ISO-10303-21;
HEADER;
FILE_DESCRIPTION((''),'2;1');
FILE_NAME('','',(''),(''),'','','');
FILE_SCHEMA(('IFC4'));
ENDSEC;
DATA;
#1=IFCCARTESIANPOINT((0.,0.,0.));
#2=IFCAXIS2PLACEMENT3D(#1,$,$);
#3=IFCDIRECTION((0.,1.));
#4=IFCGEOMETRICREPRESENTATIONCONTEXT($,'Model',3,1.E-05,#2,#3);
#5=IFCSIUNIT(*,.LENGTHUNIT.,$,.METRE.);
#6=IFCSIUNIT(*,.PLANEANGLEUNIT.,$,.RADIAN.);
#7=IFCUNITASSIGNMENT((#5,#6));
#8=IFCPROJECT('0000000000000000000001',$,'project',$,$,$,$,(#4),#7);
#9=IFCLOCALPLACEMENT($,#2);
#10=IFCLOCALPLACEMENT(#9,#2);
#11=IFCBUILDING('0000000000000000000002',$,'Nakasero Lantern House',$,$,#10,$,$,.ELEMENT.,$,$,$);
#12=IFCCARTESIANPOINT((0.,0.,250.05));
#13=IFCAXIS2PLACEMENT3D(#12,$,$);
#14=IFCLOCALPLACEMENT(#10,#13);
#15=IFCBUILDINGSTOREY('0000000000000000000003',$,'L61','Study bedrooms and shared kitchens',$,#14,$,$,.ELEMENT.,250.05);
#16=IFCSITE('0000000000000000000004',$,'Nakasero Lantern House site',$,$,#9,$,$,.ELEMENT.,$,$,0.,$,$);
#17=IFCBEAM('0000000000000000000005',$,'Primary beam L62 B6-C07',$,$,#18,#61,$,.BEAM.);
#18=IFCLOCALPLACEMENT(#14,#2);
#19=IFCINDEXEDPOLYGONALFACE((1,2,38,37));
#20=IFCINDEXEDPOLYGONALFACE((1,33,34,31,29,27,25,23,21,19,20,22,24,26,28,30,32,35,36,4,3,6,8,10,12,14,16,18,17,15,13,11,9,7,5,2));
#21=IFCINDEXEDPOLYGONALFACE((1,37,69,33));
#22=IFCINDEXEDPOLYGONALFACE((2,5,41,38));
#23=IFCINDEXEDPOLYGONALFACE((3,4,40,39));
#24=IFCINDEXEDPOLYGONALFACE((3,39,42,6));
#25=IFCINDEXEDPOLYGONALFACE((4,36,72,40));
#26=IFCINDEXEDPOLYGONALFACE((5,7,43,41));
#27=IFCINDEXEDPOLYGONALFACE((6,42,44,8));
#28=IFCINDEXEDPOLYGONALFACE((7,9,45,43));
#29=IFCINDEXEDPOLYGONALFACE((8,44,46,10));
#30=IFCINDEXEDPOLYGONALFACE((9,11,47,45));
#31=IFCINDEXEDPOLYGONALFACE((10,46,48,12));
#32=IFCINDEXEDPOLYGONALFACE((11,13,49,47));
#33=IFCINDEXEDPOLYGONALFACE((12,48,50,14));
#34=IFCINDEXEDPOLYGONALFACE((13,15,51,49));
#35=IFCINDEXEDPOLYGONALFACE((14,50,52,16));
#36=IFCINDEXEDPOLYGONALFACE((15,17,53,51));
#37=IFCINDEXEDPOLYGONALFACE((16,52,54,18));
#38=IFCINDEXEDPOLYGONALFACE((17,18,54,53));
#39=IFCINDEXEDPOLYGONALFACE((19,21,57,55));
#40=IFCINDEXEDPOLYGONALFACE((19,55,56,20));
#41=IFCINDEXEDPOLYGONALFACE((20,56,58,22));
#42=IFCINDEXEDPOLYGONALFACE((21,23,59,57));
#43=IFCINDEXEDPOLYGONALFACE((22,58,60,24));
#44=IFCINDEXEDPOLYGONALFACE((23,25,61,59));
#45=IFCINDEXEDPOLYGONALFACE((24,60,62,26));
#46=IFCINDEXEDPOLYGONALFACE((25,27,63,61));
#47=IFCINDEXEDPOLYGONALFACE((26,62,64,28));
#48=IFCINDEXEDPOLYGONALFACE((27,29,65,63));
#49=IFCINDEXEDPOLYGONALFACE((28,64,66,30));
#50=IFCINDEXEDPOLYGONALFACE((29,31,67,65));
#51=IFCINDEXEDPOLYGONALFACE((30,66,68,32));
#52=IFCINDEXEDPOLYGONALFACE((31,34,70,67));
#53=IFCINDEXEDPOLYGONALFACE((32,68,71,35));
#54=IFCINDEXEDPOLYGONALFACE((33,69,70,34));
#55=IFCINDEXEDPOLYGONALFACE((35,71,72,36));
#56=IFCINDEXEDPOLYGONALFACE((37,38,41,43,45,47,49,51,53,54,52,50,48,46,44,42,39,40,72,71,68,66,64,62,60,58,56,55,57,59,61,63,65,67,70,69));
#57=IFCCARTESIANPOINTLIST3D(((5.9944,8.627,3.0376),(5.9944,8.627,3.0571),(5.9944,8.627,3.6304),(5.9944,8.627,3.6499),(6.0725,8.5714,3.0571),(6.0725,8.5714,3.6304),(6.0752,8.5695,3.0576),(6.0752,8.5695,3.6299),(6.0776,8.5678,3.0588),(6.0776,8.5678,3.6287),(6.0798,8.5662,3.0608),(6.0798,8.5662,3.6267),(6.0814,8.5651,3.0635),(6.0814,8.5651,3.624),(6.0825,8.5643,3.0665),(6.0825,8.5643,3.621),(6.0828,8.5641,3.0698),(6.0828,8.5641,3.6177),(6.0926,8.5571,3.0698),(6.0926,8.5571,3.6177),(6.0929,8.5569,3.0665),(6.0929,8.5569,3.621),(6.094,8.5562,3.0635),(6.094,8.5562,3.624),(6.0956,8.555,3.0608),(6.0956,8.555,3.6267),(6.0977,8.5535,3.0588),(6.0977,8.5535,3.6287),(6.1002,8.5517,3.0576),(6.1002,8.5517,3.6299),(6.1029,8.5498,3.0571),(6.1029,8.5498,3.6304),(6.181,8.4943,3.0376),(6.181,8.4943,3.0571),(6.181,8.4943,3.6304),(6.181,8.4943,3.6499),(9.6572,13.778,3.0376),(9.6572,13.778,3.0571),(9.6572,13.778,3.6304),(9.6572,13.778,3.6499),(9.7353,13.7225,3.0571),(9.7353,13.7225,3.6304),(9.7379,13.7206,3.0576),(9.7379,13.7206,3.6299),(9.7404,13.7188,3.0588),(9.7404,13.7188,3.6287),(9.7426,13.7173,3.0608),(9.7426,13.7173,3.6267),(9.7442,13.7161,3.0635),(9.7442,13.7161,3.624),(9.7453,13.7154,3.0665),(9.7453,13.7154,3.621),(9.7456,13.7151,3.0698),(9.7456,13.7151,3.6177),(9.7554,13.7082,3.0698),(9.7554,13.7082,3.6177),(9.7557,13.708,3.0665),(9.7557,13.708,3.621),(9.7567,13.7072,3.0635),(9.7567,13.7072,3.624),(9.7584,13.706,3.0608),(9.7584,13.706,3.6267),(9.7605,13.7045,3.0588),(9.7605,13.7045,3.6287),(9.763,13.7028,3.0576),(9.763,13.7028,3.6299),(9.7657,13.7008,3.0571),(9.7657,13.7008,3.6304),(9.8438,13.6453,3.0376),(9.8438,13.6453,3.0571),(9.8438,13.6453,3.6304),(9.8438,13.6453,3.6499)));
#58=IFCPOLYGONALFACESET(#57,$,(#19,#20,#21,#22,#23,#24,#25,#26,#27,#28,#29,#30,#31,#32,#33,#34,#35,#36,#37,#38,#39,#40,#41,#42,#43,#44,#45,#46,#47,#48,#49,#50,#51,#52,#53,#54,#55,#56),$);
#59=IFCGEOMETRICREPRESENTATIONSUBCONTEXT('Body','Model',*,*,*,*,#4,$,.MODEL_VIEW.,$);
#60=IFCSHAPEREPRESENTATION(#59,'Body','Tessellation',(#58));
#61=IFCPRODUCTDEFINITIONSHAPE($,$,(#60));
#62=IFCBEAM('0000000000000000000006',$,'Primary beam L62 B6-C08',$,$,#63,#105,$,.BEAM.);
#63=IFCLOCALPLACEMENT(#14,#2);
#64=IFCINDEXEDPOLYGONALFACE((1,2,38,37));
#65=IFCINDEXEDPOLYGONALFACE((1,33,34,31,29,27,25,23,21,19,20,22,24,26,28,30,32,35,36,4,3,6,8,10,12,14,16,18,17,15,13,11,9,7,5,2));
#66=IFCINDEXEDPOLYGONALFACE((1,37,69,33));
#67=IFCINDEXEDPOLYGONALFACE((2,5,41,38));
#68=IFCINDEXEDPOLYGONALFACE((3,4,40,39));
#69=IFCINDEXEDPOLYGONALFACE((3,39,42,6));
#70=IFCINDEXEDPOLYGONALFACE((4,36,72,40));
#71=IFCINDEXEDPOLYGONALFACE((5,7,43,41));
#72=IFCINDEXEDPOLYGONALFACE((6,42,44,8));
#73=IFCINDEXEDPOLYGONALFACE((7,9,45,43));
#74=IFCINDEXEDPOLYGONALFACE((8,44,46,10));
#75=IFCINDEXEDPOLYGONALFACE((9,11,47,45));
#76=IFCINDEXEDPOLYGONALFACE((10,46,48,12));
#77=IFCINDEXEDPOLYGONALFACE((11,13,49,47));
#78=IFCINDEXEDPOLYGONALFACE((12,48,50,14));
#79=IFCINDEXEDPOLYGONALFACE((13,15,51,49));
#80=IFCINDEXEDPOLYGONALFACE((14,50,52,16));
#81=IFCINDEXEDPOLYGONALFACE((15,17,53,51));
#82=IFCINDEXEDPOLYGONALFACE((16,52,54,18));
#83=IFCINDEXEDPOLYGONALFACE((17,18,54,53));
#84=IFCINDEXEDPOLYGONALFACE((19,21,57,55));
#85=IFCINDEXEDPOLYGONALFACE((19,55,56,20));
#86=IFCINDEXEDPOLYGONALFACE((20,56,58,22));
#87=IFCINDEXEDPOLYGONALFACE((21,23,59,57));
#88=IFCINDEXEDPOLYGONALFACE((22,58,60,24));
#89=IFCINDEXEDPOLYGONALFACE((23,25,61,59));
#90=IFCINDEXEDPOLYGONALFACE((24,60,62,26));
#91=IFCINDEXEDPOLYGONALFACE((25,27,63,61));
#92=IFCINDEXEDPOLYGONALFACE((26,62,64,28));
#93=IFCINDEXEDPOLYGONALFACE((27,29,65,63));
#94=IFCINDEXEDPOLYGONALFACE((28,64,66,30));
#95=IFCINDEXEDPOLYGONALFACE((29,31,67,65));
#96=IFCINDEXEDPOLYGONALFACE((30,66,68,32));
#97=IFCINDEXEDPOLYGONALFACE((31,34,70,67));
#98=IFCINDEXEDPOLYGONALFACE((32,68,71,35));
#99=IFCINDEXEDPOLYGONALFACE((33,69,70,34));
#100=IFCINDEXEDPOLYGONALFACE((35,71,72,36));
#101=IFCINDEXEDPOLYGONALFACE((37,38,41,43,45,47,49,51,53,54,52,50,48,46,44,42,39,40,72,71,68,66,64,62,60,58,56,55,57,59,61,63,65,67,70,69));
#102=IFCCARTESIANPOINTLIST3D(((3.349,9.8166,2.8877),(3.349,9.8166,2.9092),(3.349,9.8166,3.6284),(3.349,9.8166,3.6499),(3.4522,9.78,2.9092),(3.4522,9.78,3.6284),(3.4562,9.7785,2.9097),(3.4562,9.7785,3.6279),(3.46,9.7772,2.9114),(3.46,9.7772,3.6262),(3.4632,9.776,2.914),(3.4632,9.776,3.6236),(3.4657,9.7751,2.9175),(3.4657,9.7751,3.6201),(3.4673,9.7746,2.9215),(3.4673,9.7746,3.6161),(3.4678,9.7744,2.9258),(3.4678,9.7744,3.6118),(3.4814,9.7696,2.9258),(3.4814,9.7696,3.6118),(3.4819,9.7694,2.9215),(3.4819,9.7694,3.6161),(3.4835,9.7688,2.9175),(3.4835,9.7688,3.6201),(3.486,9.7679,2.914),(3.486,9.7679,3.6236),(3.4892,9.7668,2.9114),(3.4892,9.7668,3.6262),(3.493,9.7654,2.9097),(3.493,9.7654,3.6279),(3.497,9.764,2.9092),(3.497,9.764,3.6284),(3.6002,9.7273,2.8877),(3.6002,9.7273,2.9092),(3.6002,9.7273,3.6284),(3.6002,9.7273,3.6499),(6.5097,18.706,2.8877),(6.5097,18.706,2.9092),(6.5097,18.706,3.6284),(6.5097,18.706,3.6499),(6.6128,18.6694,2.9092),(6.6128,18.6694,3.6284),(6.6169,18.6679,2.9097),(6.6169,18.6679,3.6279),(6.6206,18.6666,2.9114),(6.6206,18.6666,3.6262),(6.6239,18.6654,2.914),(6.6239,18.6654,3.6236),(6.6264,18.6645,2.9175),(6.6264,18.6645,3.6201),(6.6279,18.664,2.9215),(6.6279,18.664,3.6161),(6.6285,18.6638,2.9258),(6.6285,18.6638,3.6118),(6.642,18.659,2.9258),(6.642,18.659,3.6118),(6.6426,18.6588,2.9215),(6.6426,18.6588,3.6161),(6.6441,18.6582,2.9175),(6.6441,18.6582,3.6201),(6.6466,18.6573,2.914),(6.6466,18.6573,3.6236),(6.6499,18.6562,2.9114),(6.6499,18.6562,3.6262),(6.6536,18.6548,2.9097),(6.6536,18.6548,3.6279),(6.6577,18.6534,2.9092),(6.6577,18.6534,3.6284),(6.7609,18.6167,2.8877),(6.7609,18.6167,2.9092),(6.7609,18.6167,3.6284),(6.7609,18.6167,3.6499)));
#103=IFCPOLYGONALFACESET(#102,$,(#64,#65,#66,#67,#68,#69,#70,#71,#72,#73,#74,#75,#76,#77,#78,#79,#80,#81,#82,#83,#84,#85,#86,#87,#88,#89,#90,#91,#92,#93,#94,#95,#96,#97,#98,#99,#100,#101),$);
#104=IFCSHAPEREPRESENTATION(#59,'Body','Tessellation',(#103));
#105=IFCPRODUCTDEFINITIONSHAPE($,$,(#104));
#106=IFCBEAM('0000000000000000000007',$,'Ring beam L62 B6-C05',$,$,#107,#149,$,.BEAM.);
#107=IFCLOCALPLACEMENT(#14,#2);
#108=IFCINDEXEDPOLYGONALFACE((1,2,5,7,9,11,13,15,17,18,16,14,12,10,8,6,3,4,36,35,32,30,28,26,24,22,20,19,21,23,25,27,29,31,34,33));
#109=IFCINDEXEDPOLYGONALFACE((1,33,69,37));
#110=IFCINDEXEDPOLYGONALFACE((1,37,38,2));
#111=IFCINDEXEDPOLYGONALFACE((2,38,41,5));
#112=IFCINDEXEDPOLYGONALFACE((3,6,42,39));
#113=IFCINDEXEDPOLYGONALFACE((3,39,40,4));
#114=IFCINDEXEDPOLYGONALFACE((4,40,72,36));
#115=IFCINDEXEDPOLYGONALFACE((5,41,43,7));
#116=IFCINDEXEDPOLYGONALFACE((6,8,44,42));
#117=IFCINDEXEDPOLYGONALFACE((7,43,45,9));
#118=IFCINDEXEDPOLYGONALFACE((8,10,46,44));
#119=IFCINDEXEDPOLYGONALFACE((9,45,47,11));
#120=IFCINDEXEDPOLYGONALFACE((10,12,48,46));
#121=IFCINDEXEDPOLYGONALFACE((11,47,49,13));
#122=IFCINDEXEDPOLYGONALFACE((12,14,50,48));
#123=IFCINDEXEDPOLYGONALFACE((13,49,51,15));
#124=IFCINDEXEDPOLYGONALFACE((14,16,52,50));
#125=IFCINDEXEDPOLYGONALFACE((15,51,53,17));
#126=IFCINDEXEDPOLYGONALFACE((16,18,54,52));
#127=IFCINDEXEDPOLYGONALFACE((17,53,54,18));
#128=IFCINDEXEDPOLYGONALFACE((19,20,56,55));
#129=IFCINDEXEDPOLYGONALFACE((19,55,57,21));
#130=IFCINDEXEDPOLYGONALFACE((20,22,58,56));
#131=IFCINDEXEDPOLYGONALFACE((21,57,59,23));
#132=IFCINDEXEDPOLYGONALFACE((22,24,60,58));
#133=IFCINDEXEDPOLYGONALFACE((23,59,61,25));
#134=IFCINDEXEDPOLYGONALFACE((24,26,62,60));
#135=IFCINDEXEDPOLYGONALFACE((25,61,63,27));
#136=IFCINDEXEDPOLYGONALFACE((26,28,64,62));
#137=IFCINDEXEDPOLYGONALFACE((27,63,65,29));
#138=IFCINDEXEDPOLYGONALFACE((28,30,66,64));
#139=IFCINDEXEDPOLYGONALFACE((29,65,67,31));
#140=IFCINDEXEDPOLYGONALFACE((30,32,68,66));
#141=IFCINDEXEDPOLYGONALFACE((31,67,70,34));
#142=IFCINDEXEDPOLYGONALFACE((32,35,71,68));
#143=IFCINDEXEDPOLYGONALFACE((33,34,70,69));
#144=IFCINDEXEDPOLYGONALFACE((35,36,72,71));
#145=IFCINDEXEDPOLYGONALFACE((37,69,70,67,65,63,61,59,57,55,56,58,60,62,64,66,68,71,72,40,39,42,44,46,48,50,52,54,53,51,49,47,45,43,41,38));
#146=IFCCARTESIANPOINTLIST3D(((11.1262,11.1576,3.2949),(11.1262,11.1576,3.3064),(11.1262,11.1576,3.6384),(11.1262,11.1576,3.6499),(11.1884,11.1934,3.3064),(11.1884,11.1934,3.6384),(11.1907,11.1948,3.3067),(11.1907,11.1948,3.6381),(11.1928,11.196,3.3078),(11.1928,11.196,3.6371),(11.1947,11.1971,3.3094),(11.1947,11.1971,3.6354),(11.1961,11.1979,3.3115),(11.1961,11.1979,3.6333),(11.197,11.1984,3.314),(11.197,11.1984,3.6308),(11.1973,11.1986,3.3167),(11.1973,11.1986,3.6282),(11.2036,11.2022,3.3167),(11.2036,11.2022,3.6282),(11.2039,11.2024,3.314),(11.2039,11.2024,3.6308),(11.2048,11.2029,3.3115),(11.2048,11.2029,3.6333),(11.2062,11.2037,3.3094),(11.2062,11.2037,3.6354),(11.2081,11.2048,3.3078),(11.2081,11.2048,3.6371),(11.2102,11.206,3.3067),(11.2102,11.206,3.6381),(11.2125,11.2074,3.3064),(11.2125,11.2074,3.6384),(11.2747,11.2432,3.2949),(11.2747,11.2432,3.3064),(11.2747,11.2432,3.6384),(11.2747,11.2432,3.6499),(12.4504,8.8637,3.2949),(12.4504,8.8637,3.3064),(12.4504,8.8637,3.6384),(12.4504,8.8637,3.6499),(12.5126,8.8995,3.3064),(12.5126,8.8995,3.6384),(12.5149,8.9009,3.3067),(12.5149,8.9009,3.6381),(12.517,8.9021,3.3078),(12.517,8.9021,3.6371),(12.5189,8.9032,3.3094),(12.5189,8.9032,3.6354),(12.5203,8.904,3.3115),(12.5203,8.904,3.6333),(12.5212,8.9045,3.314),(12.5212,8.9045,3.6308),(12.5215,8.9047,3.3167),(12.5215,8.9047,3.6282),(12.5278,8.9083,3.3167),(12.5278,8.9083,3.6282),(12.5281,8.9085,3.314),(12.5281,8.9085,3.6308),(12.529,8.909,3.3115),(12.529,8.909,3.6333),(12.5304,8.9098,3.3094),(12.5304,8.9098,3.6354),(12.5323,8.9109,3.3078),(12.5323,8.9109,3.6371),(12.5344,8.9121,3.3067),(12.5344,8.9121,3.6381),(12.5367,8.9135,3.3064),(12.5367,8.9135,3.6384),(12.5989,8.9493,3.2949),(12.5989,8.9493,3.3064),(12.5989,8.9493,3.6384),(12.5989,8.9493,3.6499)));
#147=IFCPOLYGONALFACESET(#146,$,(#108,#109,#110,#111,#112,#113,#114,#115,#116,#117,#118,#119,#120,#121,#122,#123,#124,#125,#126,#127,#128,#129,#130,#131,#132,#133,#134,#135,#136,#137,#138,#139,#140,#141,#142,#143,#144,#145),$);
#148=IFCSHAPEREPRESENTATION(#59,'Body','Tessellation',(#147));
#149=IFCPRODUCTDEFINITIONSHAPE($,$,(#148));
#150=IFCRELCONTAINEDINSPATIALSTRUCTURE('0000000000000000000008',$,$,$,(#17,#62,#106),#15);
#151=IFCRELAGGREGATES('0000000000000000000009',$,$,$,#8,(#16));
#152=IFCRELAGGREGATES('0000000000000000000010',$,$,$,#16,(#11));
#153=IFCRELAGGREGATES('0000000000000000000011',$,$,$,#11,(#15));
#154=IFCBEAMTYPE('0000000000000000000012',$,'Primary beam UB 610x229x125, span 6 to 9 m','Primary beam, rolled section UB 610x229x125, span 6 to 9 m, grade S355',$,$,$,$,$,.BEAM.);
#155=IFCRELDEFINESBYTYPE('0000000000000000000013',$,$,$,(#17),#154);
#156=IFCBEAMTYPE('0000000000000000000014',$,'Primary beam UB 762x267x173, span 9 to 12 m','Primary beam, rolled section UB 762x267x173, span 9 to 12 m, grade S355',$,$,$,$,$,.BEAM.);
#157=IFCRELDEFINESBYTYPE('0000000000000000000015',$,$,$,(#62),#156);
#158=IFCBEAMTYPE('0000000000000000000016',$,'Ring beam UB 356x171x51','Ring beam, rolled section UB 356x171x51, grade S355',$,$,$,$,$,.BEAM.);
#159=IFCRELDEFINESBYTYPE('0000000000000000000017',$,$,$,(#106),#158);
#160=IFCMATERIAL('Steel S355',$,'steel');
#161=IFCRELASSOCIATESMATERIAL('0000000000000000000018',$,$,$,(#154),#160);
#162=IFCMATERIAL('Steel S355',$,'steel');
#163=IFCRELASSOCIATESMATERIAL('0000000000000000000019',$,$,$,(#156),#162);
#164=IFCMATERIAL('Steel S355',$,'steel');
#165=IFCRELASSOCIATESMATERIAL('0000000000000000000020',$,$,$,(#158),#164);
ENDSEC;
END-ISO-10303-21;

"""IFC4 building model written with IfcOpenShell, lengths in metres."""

from ifc_helpers import new_model, si_unit, direction, frame, origin, origin_2d, place, context, subcontext, project, spatial, i_section, extrude, material, material_profile, profile_set, type_object, element, save


model = new_model("IFC4")

# Units and contexts
model_context = context("Model", 3, precision=1e-05, world=origin(), true_north=direction((0.0, 1.0)))
body_context = subcontext(model_context, "Body", "Model", "MODEL_VIEW")
ifc_project = project(units=[si_unit("LENGTHUNIT", "METRE"), si_unit("PLANEANGLEUNIT", "RADIAN")], contexts=[model_context])

# Site, building, storey
site_placement = place(None, origin())
site = spatial("IfcSite", under=ifc_project, at=site_placement, Name="Nakasero Lantern House site", CompositionType="ELEMENT", RefElevation=0.0)
building_placement = place(site_placement, origin())
building = spatial("IfcBuilding", under=site, at=building_placement, Name="Nakasero Lantern House", CompositionType="ELEMENT")
storey_placement = place(building_placement, frame((0.0, 0.0, 250.05)))
storey = spatial("IfcBuildingStorey", under=building, at=storey_placement, Name="L61", Description="Study bedrooms and shared kitchens", CompositionType="ELEMENT", Elevation=250.05)

# Beams
ifc_material_1 = material(Name="Steel S355", Category="steel")
ifc_material_profile_1 = material_profile(ifc_material_1, i_section(OverallWidth=0.229, OverallDepth=0.6123, WebThickness=0.012, FlangeThickness=0.0195, FilletRadius=0.0127, at=origin_2d()), Name="UB 610x229x125")
ifc_profile_set_1 = profile_set([ifc_material_profile_1], Name="Steel S355")
beam_type_1 = type_object("IfcBeamType", Name="Primary beam UB 610x229x125, span 6 to 9 m", Description="Primary beam, rolled section UB 610x229x125, span 6 to 9 m, grade S355", PredefinedType="BEAM", material=ifc_profile_set_1)
beam_1_placement = place(storey_placement, frame((9.7505, 13.7117, 3.3438), z_axis=(-0.579505, -0.814969, 0.0), x_axis=(0.814969, -0.579505, 0.0)))
element("IfcBeam", 1, at=beam_1_placement, inside=storey, type_object=beam_type_1, Name="Primary beam L62 B6-C07", PredefinedType="BEAM", context=body_context, shape_type="SweptSolid", body=[
    extrude(i_section(OverallWidth=0.229, OverallDepth=0.6123, WebThickness=0.012, FlangeThickness=0.0195, FilletRadius=0.0127, at=origin_2d()), origin(), (0.0, 0.0, 1.0), 6.3206),
])
ifc_material_2 = material(Name="Steel S355", Category="steel")
ifc_material_profile_2 = material_profile(ifc_material_2, i_section(OverallWidth=0.2666, OverallDepth=0.7622, WebThickness=0.0144, FlangeThickness=0.0215, FilletRadius=0.0166, at=origin_2d()), Name="UB 762x267x173")
ifc_profile_set_2 = profile_set([ifc_material_profile_2], Name="Steel S355")
beam_type_2 = type_object("IfcBeamType", Name="Primary beam UB 762x267x173, span 9 to 12 m", Description="Primary beam, rolled section UB 762x267x173, span 9 to 12 m, grade S355", PredefinedType="BEAM", material=ifc_profile_set_2)
beam_2_placement = place(storey_placement, frame((6.6353, 18.6614, 3.2688), z_axis=(-0.335007, -0.942216, 0.0), x_axis=(0.942216, -0.335007, 0.0)))
element("IfcBeam", 2, at=beam_2_placement, inside=storey, type_object=beam_type_2, Name="Primary beam L62 B6-C08", PredefinedType="BEAM", context=body_context, shape_type="SweptSolid", body=[
    extrude(i_section(OverallWidth=0.2666, OverallDepth=0.7622, WebThickness=0.0144, FlangeThickness=0.0215, FilletRadius=0.0166, at=origin_2d()), origin(), (0.0, 0.0, 1.0), 9.4346),
])
ifc_material_3 = material(Name="Steel S355", Category="steel")
ifc_material_profile_3 = material_profile(ifc_material_3, i_section(OverallWidth=0.1714, OverallDepth=0.355, WebThickness=0.0073, FlangeThickness=0.0115, FilletRadius=0.0103, at=origin_2d()), Name="UB 356x171x51")
ifc_profile_set_3 = profile_set([ifc_material_profile_3], Name="Steel S355")
beam_type_3 = type_object("IfcBeamType", Name="Ring beam UB 356x171x51", Description="Ring beam, rolled section UB 356x171x51, grade S355", PredefinedType="BEAM", material=ifc_profile_set_3)
beam_3_placement = place(storey_placement, frame((12.5247, 8.9065, 3.4724), z_axis=(-0.499946, 0.866057, 0.0), x_axis=(-0.866057, -0.499946, 0.0)))
element("IfcBeam", 3, at=beam_3_placement, inside=storey, type_object=beam_type_3, Name="Ring beam L62 B6-C05", PredefinedType="BEAM", context=body_context, shape_type="SweptSolid", body=[
    extrude(i_section(OverallWidth=0.1714, OverallDepth=0.355, WebThickness=0.0073, FlangeThickness=0.0115, FilletRadius=0.0103, at=origin_2d()), origin(), (0.0, 0.0, 1.0), 2.6487),
])

save(model, "model.ifc")
